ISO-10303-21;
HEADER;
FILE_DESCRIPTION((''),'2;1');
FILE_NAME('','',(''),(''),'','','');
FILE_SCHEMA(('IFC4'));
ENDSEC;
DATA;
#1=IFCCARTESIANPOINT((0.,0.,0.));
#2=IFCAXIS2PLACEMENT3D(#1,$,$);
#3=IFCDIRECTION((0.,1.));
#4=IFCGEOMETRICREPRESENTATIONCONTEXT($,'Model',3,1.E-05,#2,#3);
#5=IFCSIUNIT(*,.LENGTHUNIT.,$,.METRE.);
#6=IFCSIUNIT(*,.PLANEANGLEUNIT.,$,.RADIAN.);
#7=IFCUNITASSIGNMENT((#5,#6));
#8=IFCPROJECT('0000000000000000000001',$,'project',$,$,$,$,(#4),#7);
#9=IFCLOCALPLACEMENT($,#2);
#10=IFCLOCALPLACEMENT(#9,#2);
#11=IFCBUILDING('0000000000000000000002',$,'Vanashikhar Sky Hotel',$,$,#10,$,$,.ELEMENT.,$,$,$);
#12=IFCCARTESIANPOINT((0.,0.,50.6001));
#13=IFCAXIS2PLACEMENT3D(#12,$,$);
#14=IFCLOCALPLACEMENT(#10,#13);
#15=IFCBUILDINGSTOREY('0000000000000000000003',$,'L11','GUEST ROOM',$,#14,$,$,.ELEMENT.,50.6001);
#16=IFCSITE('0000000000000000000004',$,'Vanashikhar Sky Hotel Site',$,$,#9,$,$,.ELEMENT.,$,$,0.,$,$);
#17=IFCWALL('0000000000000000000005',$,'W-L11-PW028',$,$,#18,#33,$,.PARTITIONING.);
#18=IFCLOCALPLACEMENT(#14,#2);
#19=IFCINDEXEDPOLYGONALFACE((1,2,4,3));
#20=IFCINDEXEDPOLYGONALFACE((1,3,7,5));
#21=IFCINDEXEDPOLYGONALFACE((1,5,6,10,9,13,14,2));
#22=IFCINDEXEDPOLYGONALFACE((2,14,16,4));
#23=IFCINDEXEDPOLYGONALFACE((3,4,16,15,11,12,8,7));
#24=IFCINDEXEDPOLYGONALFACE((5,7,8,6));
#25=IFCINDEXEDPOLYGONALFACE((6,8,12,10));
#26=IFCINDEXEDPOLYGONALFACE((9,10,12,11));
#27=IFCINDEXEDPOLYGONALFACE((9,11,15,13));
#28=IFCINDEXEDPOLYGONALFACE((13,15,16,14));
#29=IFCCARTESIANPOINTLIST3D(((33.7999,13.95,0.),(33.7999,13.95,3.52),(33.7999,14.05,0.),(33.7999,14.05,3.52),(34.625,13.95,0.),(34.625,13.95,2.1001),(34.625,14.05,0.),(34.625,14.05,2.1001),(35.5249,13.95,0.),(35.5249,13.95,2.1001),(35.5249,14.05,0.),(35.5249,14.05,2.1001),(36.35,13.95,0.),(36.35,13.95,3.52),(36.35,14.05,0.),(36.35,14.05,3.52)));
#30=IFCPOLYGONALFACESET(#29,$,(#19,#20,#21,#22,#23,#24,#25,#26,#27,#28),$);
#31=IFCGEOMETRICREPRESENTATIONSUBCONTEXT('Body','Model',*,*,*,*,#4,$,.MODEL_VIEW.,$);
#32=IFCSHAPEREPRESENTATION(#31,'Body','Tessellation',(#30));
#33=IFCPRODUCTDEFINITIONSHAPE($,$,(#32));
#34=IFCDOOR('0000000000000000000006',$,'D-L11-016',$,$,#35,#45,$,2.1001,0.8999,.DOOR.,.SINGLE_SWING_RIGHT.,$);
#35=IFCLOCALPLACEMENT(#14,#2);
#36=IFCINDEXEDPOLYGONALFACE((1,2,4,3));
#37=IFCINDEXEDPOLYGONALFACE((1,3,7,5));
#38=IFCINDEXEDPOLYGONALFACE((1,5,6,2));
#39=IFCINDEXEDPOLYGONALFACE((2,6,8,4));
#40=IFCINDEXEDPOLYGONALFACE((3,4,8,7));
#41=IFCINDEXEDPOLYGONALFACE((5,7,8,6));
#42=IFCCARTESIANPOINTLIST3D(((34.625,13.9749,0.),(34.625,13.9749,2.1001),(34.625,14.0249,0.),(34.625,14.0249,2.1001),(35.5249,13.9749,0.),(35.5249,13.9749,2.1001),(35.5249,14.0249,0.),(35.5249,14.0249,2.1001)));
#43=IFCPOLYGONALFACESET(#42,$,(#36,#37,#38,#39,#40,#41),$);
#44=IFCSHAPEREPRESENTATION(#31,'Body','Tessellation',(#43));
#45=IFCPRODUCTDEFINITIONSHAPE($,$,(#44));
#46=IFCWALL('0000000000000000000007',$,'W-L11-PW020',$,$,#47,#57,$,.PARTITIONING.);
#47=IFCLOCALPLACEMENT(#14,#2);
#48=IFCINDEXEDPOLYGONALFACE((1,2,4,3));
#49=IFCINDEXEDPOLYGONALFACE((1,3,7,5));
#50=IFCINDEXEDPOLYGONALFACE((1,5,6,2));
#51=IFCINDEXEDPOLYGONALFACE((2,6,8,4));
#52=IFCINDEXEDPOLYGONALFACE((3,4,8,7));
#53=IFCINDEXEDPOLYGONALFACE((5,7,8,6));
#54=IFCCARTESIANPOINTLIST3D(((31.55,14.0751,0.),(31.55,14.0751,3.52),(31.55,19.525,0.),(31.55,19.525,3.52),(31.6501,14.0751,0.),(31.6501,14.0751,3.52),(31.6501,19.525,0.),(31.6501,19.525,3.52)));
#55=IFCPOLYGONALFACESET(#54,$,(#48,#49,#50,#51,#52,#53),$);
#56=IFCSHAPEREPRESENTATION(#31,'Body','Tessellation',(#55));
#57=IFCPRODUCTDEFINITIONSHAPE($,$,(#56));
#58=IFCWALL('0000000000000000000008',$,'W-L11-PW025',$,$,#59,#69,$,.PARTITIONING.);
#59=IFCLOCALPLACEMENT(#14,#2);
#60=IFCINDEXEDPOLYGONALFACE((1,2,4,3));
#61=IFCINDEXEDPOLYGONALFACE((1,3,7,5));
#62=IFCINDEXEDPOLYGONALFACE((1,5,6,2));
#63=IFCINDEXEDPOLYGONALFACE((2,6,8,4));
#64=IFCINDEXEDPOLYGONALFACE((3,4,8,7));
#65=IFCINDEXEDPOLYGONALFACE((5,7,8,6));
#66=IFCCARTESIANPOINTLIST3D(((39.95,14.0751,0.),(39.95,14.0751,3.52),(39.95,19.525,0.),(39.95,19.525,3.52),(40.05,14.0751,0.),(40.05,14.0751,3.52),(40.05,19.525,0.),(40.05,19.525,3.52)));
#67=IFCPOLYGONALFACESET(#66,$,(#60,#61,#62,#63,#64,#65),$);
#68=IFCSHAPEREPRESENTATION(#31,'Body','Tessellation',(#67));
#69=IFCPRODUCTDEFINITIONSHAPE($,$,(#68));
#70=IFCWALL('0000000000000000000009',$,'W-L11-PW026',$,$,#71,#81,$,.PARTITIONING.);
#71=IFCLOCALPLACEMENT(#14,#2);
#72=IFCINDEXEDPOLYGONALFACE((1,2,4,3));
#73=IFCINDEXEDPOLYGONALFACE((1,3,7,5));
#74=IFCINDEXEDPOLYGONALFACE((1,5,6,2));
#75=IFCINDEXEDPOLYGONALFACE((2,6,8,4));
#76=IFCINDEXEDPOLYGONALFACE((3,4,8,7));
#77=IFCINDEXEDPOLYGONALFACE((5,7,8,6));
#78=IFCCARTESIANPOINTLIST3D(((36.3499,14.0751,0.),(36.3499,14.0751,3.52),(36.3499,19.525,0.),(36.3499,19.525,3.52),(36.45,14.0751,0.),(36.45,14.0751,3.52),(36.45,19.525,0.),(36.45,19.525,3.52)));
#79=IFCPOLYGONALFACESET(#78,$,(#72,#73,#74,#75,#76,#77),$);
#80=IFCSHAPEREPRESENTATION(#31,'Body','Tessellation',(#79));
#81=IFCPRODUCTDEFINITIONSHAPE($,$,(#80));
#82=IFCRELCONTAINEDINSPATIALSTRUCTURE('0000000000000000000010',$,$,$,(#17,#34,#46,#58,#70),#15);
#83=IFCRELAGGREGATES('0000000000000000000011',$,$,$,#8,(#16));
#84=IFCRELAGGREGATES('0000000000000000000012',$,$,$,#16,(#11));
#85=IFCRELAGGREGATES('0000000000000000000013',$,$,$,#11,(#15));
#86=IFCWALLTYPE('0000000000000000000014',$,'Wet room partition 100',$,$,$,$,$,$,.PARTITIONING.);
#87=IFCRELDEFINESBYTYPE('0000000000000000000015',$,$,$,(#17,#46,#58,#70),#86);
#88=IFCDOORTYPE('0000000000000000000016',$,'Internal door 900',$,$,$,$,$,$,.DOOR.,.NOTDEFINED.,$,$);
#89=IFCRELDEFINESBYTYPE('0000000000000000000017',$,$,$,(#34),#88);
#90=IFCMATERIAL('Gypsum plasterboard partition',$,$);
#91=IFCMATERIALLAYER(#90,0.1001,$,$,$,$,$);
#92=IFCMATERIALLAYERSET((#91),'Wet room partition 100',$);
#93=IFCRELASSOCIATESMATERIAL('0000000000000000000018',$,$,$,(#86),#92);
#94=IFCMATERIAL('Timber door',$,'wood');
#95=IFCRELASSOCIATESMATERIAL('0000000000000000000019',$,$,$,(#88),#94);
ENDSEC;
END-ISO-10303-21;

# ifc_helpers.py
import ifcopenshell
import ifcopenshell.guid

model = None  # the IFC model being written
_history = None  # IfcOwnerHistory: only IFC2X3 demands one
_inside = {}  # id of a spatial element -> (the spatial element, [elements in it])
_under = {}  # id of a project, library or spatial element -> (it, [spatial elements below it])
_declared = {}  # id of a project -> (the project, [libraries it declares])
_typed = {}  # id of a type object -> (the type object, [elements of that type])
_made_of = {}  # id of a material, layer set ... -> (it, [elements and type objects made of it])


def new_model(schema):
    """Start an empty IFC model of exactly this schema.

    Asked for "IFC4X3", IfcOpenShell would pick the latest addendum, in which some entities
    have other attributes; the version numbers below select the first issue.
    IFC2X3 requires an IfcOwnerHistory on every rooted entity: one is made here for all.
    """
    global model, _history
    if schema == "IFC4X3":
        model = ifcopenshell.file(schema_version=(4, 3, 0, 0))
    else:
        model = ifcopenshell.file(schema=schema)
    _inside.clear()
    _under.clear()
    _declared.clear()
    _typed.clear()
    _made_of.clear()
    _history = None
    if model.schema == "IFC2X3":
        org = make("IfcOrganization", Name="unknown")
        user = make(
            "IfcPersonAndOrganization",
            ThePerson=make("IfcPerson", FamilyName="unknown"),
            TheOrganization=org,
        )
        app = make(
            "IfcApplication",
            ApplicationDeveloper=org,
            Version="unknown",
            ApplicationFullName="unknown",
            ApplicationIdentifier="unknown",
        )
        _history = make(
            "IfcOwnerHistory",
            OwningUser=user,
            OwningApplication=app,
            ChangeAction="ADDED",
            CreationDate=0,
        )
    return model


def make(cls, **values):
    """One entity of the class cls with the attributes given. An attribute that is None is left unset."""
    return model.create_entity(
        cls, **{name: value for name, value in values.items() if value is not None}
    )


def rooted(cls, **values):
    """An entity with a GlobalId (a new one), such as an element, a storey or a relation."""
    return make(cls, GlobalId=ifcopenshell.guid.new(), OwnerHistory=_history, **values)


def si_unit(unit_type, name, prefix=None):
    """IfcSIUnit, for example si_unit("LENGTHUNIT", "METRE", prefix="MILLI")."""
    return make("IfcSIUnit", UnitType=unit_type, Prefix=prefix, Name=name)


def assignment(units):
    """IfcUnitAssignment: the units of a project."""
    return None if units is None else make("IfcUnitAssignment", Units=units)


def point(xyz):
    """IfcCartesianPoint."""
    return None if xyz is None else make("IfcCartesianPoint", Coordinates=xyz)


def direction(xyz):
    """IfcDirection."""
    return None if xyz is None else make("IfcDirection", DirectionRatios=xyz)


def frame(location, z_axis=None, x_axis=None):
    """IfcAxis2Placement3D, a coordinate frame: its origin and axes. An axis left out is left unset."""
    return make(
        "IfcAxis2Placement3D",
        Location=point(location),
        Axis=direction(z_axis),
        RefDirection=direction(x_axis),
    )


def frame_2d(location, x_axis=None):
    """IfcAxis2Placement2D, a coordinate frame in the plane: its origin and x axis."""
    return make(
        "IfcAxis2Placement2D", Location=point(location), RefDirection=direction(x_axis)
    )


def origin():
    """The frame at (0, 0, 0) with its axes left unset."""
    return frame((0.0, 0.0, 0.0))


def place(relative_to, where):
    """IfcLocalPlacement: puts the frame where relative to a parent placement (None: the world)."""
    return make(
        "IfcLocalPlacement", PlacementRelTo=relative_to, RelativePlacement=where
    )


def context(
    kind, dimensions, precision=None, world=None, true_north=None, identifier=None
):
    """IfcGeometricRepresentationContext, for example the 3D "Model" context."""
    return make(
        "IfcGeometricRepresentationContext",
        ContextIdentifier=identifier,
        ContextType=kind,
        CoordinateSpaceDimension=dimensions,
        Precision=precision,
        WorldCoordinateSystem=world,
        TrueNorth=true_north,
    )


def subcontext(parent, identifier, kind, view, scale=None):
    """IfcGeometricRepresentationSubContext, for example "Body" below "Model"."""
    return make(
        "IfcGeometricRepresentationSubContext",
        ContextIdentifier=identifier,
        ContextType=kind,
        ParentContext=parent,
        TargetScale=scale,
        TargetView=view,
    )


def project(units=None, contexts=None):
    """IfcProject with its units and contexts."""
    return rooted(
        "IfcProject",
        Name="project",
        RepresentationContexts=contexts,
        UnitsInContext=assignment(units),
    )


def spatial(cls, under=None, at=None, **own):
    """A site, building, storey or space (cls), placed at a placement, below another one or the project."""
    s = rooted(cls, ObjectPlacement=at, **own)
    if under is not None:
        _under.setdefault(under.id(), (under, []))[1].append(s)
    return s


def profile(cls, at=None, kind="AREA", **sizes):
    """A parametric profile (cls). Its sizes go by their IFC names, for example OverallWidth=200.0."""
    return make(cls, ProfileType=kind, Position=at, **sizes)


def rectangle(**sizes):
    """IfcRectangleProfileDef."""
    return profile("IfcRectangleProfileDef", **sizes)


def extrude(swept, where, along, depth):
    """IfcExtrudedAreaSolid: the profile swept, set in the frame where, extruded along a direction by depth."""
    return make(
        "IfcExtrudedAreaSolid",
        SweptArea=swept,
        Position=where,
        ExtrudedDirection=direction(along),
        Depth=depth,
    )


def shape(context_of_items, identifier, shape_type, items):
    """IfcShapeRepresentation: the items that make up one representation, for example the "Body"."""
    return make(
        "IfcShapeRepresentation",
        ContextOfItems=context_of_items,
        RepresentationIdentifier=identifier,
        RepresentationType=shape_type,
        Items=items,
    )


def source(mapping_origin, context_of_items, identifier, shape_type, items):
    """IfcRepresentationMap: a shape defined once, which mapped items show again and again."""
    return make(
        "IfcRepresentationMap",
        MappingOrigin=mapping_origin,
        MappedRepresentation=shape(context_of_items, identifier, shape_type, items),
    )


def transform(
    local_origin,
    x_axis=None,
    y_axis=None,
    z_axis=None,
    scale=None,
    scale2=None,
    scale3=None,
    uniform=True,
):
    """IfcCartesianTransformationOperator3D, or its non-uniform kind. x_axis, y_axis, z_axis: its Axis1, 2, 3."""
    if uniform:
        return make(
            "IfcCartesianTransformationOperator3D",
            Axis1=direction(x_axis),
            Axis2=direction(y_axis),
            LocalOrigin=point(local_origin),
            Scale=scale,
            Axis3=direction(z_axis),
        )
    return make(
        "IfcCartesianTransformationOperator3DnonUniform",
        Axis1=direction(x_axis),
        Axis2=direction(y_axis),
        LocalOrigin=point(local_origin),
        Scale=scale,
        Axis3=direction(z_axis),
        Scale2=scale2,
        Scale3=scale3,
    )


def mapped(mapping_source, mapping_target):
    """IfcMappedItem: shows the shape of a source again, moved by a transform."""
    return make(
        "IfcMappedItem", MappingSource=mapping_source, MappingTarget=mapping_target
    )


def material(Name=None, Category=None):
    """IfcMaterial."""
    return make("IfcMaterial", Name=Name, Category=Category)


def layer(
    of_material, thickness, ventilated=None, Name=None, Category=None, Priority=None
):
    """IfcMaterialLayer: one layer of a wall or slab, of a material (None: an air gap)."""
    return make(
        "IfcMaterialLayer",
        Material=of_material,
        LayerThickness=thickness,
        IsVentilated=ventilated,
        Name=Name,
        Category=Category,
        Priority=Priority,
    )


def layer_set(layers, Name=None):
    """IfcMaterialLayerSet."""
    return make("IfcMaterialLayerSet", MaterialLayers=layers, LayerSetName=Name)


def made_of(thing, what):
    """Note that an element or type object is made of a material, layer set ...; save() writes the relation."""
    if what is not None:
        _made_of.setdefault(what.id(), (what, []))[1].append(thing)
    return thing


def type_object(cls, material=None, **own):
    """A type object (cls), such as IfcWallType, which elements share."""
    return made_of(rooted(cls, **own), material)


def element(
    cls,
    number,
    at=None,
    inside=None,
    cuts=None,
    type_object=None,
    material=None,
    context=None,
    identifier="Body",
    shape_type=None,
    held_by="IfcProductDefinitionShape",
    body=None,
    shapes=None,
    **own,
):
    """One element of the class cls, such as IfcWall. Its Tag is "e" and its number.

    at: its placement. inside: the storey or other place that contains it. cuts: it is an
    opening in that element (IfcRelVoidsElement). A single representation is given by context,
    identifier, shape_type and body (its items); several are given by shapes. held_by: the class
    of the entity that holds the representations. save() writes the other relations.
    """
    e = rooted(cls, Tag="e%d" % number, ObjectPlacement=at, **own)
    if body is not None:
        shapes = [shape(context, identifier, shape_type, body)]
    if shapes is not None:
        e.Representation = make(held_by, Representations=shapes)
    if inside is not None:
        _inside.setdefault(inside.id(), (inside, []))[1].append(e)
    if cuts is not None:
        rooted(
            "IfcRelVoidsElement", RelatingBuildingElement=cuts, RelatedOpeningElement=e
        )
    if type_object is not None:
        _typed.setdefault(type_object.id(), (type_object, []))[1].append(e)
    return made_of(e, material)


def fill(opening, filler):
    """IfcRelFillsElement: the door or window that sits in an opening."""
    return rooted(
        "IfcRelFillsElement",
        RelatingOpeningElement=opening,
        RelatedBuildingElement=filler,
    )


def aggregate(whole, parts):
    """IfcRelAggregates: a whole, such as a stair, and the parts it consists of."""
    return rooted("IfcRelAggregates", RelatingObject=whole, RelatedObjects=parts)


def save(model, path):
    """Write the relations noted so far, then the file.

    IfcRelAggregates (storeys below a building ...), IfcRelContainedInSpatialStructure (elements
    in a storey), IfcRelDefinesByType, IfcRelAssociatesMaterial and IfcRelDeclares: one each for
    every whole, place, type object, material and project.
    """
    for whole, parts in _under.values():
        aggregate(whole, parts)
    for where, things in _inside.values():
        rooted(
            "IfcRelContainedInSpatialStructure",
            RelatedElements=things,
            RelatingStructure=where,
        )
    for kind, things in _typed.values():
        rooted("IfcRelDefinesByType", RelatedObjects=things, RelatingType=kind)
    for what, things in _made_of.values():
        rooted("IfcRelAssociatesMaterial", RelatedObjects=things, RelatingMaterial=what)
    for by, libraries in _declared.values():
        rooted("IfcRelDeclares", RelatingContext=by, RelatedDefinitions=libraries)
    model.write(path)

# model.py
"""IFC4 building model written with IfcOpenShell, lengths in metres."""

from ifc_helpers import new_model, si_unit, direction, frame, frame_2d, origin, place, context, subcontext, project, spatial, rectangle, extrude, source, transform, mapped, material, layer, layer_set, type_object, element, fill, save


model = new_model("IFC4")

# Units and contexts
model_context = context("Model", 3, precision=1e-05, world=origin(), true_north=direction((0.0, 1.0)))
body_context = subcontext(model_context, "Body", "Model", "MODEL_VIEW")
ifc_project = project(units=[si_unit("LENGTHUNIT", "METRE"), si_unit("PLANEANGLEUNIT", "RADIAN")], contexts=[model_context])

# Site, building, storey
site_placement = place(None, origin())
site = spatial("IfcSite", under=ifc_project, at=site_placement, Name="Vanashikhar Sky Hotel Site", CompositionType="ELEMENT", RefElevation=0.0)
building_placement = place(site_placement, origin())
building = spatial("IfcBuilding", under=site, at=building_placement, Name="Vanashikhar Sky Hotel", CompositionType="ELEMENT")
storey_placement = place(building_placement, frame((0.0, 0.0, 50.6001)))
storey = spatial("IfcBuildingStorey", under=building, at=storey_placement, Name="L11", Description="GUEST ROOM", CompositionType="ELEMENT", Elevation=50.6001)

# Wall, opening, door
ifc_material_1 = material(Name="Gypsum plasterboard partition")
ifc_layer_1 = layer(ifc_material_1, 0.1001)
ifc_layer_set_1 = layer_set([ifc_layer_1], Name="Wet room partition 100")
wall_type_1 = type_object("IfcWallType", Name="Wet room partition 100", PredefinedType="PARTITIONING", material=ifc_layer_set_1)
shared_shape_1 = source(origin(), body_context, "Body", "SweptSolid", [
    extrude(rectangle(XDim=0.8999, YDim=2.1001, at=frame_2d((0.45, 1.05))), frame((0.0, 0.0601, 0.0), z_axis=(0.0, -1.0, 0.0), x_axis=(1.0, 0.0, 0.0)), (0.0, 0.0, 1.0), 0.1201),
])
ifc_material_2 = material(Name="Timber door", Category="wood")
door_type_1 = type_object("IfcDoorType", Name="Internal door 900", OperationType="NOTDEFINED", PredefinedType="DOOR", material=ifc_material_2)
shared_shape_2 = source(origin(), body_context, "Body", "SweptSolid", [
    extrude(rectangle(XDim=0.8999, YDim=2.1001, at=frame_2d((0.45, 1.05))), frame((0.0, 0.0249, 0.0), z_axis=(0.0, -1.0, 0.0), x_axis=(1.0, 0.0, 0.0)), (0.0, 0.0, 1.0), 0.05),
])
shared_shape_3 = source(origin(), body_context, "Body", "SweptSolid", [
    extrude(rectangle(XDim=2.55, YDim=0.1001, at=frame_2d((1.2749, 0.0))), origin(), (0.0, 0.0, 1.0), 3.52),
])
wall_1_placement = place(storey_placement, frame((33.8, 14.0, 0.0), z_axis=(0.0, 0.0, 1.0), x_axis=(1.0, 0.0, 0.0)))
wall_1 = element("IfcWall", 1, at=wall_1_placement, inside=storey, type_object=wall_type_1, Name="W-L11-PW028", PredefinedType="PARTITIONING", context=body_context, shape_type="MappedRepresentation", body=[
    mapped(shared_shape_3, transform((0.0, 0.0, 0.0), scale=1.0)),
])
opening_1_placement = place(wall_1_placement, frame((0.825, 0.0, 0.0)))
opening_1 = element("IfcOpeningElement", 2, at=opening_1_placement, cuts=wall_1, PredefinedType="OPENING", context=body_context, shape_type="MappedRepresentation", body=[
    mapped(shared_shape_1, transform((0.0, 0.0, 0.0), scale=1.0)),
])
door_1_placement = place(opening_1_placement, origin())
door_1 = element("IfcDoor", 3, at=door_1_placement, inside=storey, type_object=door_type_1, Name="D-L11-016", OperationType="SINGLE_SWING_RIGHT", OverallHeight=2.1001, OverallWidth=0.8999, PredefinedType="DOOR", context=body_context, shape_type="MappedRepresentation", body=[
    mapped(shared_shape_2, transform((0.0, 0.0, 0.0), scale=1.0)),
])
fill(opening_1, door_1)

# Walls
shared_shape_4 = source(origin(), body_context, "Body", "SweptSolid", [
    extrude(rectangle(XDim=5.45, YDim=0.1001, at=frame_2d((2.7251, 0.0))), origin(), (0.0, 0.0, 1.0), 3.52),
])
for number, where, z_axis, x_axis, name in (
    (4, (31.6001, 14.075, 0.0), (0.0, 0.0, 1.0), (0.0, 1.0, 0.0), "W-L11-PW020"),
    (5, (40.0, 14.075, 0.0), (0.0, 0.0, 1.0), (0.0, 1.0, 0.0), "W-L11-PW025"),
    (6, (36.3999, 14.075, 0.0), (0.0, 0.0, 1.0), (0.0, 1.0, 0.0), "W-L11-PW026"),
):
    element("IfcWall", number, at=place(storey_placement, frame(where, z_axis=z_axis, x_axis=x_axis)), inside=storey, type_object=wall_type_1, Name=name, PredefinedType="PARTITIONING", context=body_context, shape_type="MappedRepresentation", body=[
        mapped(shared_shape_4, transform((0.0, 0.0, 0.0), scale=1.0)),
    ])

save(model, "model.ifc")
